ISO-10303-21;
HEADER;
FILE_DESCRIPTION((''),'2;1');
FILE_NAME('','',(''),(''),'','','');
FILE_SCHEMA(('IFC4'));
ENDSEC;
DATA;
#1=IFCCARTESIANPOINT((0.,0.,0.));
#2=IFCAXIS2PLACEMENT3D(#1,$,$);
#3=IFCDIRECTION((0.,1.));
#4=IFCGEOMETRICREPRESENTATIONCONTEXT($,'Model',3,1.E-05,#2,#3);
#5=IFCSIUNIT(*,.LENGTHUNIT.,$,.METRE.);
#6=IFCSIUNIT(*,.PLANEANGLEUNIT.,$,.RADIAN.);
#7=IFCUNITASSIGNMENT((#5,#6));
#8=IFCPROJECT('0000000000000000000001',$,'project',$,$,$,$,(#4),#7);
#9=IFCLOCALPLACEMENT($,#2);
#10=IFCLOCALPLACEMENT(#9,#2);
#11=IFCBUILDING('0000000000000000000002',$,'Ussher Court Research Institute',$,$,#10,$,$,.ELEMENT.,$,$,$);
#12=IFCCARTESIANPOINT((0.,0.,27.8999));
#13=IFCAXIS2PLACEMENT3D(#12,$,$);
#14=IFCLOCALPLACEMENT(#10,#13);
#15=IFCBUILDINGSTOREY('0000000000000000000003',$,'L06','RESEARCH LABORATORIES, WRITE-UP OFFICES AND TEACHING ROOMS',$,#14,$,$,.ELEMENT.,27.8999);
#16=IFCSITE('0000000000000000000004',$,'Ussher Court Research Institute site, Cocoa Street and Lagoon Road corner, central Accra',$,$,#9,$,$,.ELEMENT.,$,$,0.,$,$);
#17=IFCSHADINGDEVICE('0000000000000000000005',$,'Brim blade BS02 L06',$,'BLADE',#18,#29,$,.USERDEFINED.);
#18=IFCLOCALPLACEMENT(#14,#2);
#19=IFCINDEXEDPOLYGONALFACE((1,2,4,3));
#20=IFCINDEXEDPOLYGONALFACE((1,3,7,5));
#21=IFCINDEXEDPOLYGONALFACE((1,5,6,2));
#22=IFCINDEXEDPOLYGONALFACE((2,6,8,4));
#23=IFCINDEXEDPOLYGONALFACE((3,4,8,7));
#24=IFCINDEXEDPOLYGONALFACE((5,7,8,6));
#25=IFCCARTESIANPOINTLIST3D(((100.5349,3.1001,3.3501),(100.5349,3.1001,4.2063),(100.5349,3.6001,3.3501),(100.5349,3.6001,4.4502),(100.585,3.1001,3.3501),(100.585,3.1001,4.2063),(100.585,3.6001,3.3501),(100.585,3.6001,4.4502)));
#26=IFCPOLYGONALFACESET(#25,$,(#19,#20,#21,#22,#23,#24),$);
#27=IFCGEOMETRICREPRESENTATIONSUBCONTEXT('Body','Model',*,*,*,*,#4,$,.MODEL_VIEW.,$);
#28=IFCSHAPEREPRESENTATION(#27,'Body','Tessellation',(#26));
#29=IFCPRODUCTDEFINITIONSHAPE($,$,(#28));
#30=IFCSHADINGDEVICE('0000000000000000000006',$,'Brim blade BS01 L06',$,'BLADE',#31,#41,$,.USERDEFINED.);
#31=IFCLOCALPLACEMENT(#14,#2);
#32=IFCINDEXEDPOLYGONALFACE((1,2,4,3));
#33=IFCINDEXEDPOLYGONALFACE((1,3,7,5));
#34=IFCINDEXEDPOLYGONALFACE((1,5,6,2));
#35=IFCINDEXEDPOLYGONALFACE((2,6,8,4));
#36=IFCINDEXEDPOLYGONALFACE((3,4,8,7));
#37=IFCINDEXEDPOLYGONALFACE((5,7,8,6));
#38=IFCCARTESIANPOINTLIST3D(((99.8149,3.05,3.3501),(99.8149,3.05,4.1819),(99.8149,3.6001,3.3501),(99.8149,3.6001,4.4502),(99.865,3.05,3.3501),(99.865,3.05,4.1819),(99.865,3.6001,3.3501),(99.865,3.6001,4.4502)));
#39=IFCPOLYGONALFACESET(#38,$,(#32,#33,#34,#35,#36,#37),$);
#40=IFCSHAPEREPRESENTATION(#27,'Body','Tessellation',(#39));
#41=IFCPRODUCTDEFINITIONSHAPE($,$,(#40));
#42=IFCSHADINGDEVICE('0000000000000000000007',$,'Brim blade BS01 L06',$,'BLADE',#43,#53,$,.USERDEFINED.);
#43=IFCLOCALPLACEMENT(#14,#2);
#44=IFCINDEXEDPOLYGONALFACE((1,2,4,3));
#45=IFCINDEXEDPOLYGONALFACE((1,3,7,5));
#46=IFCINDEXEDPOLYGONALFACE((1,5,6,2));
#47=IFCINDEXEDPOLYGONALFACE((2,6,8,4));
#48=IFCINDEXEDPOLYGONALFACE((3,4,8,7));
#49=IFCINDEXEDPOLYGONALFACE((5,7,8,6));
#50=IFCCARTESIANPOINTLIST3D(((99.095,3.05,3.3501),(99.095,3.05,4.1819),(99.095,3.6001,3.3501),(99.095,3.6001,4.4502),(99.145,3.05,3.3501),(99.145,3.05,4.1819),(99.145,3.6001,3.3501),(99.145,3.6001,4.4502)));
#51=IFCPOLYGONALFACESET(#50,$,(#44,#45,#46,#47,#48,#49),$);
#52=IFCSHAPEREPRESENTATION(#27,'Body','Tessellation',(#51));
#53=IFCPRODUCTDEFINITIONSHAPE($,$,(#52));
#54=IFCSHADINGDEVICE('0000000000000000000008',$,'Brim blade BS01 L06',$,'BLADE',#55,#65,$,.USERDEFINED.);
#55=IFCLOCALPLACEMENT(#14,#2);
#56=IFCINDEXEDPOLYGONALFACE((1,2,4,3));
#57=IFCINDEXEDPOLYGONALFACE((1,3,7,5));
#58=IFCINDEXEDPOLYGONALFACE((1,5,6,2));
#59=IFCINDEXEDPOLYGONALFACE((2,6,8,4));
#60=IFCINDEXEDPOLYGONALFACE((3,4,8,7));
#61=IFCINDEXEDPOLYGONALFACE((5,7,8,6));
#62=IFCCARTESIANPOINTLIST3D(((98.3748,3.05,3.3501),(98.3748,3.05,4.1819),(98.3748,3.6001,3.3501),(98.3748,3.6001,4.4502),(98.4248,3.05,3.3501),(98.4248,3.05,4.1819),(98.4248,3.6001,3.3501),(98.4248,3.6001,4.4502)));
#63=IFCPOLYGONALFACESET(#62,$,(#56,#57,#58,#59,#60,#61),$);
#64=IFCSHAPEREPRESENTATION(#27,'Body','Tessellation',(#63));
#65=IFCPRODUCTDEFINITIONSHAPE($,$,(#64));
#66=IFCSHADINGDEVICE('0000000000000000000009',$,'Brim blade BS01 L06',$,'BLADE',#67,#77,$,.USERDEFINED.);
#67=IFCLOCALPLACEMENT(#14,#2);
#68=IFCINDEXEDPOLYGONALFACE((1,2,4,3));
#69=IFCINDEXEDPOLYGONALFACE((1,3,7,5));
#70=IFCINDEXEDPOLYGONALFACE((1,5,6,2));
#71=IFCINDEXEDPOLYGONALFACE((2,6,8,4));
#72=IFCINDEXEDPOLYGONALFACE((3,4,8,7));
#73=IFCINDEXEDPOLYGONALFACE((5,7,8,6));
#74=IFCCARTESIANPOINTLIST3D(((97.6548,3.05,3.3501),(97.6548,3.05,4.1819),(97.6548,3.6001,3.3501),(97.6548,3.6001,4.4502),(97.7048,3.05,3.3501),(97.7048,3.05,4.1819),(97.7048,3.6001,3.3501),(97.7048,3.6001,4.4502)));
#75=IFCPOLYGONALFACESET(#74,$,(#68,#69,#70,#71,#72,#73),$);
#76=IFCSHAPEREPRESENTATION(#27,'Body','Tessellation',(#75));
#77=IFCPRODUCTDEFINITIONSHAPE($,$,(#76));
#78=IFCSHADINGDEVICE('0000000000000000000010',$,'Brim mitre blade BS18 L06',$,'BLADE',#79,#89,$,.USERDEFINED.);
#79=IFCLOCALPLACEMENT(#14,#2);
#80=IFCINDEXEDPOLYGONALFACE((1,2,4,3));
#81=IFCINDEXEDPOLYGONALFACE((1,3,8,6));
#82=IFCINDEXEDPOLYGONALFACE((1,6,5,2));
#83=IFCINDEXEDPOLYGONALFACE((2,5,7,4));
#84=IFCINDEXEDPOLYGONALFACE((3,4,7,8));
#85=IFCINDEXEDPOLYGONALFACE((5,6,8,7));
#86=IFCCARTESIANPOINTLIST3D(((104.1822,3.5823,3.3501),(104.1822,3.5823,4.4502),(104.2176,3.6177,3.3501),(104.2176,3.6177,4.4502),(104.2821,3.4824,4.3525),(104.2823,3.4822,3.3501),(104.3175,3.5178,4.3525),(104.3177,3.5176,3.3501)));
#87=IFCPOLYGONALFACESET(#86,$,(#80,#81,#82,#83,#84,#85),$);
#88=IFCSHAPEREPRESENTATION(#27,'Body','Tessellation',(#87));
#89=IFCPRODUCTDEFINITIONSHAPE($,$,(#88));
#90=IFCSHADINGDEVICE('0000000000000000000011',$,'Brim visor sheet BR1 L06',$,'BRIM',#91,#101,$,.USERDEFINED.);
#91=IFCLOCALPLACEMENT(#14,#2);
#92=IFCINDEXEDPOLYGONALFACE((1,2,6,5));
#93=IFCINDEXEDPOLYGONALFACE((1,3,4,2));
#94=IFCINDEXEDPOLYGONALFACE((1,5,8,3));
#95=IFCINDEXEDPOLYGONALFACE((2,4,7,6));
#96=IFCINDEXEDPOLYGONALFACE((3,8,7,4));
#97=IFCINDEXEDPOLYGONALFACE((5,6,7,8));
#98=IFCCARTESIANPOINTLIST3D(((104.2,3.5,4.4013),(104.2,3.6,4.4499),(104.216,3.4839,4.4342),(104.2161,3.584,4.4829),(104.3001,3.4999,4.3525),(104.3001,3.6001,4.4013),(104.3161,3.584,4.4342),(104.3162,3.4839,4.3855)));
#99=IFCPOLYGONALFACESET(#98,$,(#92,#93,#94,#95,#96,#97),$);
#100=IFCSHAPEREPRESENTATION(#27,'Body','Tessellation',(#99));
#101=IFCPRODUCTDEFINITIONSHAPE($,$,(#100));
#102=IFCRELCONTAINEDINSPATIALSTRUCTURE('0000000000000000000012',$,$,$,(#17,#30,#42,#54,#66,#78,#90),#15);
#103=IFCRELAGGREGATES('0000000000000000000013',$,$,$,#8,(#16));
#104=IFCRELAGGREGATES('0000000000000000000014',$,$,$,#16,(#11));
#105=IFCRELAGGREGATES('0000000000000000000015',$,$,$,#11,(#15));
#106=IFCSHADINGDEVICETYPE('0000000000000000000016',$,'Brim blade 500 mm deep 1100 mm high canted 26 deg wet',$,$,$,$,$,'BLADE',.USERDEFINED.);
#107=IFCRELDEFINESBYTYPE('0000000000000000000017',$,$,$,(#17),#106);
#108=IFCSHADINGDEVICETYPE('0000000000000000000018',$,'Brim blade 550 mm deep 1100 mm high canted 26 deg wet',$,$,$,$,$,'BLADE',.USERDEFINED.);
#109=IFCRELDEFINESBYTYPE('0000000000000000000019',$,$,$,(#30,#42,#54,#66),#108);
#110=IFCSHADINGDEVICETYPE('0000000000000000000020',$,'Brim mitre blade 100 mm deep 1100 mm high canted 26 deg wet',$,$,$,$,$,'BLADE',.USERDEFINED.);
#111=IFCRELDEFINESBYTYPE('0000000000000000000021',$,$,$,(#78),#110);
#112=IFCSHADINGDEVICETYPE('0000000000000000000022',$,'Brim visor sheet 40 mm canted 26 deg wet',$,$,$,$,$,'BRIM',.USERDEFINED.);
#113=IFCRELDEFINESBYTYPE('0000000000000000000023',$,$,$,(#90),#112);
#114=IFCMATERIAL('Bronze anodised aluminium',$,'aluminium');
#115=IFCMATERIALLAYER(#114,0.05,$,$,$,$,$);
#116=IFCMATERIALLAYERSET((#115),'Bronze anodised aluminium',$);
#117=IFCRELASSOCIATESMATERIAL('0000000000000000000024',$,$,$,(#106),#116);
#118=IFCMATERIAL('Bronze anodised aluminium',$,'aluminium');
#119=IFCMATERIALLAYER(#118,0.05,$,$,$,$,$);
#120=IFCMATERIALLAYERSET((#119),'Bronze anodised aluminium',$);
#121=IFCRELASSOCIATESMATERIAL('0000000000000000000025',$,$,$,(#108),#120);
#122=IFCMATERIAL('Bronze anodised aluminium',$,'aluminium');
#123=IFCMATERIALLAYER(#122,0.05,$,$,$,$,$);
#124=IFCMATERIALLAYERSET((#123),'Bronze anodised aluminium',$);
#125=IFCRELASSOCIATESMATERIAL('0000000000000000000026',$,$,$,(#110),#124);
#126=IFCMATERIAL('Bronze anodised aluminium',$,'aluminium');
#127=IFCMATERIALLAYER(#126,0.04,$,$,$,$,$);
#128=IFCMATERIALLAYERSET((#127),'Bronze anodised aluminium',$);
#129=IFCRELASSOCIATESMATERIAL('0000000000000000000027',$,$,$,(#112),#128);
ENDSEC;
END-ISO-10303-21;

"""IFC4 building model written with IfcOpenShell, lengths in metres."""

from ifc_helpers import new_model, si_unit, direction, frame, origin, place, context, subcontext, project, spatial, polyline, outline, extrude, material, layer, layer_set, type_object, element, save


model = new_model("IFC4")

# Units and contexts
model_context = context("Model", 3, precision=1e-05, world=origin(), true_north=direction((0.0, 1.0)))
body_context = subcontext(model_context, "Body", "Model", "MODEL_VIEW")
ifc_project = project(units=[si_unit("LENGTHUNIT", "METRE"), si_unit("PLANEANGLEUNIT", "RADIAN")], contexts=[model_context])

# Site, building, storey
site_placement = place(None, origin())
site = spatial("IfcSite", under=ifc_project, at=site_placement, Name="Ussher Court Research Institute site, Cocoa Street and Lagoon Road corner, central Accra", CompositionType="ELEMENT", RefElevation=0.0)
building_placement = place(site_placement, origin())
building = spatial("IfcBuilding", under=site, at=building_placement, Name="Ussher Court Research Institute", CompositionType="ELEMENT")
storey_placement = place(building_placement, frame((0.0, 0.0, 27.8999)))
storey = spatial("IfcBuildingStorey", under=building, at=storey_placement, Name="L06", Description="RESEARCH LABORATORIES, WRITE-UP OFFICES AND TEACHING ROOMS", CompositionType="ELEMENT", Elevation=27.8999)

# Shading devices
ifc_material_1 = material(Name="Bronze anodised aluminium", Category="aluminium")
ifc_layer_1 = layer(ifc_material_1, 0.05)
ifc_layer_set_1 = layer_set([ifc_layer_1], Name="Bronze anodised aluminium")
shading_device_type_1 = type_object("IfcShadingDeviceType", Name="Brim blade 500 mm deep 1100 mm high canted 26 deg wet", ElementType="BLADE", PredefinedType="USERDEFINED", material=ifc_layer_set_1)
shading_device_1_placement = place(storey_placement, frame((100.5601, 3.6001, 3.3501), z_axis=(0.0, 0.0, 1.0), x_axis=(0.0, -1.0, 0.0)))
element("IfcShadingDevice", 1, at=shading_device_1_placement, inside=storey, type_object=shading_device_type_1, Name="Brim blade BS02 L06", ObjectType="BLADE", PredefinedType="USERDEFINED", context=body_context, shape_type="SweptSolid", body=[
    extrude(outline(polyline([(0.0, 0.0), (0.5, 0.0), (0.5, 0.8562), (0.0, 1.1001), (0.0, 0.0)])), frame((0.0, 0.0249, 0.0), z_axis=(0.0, -1.0, 0.0), x_axis=(1.0, 0.0, 0.0)), (0.0, 0.0, 1.0), 0.05),
])
ifc_material_2 = material(Name="Bronze anodised aluminium", Category="aluminium")
ifc_layer_2 = layer(ifc_material_2, 0.05)
ifc_layer_set_2 = layer_set([ifc_layer_2], Name="Bronze anodised aluminium")
shading_device_type_2 = type_object("IfcShadingDeviceType", Name="Brim blade 550 mm deep 1100 mm high canted 26 deg wet", ElementType="BLADE", PredefinedType="USERDEFINED", material=ifc_layer_set_2)
for number, where, z_axis, x_axis, name in (
    (2, (99.8401, 3.6001, 3.3501), (0.0, 0.0, 1.0), (0.0, -1.0, 0.0), "Brim blade BS01 L06"),
    (3, (99.1201, 3.6001, 3.3501), (0.0, 0.0, 1.0), (0.0, -1.0, 0.0), "Brim blade BS01 L06"),
    (4, (98.3999, 3.6001, 3.3501), (0.0, 0.0, 1.0), (0.0, -1.0, 0.0), "Brim blade BS01 L06"),
    (5, (97.6799, 3.6001, 3.3501), (0.0, 0.0, 1.0), (0.0, -1.0, 0.0), "Brim blade BS01 L06"),
):
    element("IfcShadingDevice", number, at=place(storey_placement, frame(where, z_axis=z_axis, x_axis=x_axis)), inside=storey, type_object=shading_device_type_2, Name=name, ObjectType="BLADE", PredefinedType="USERDEFINED", context=body_context, shape_type="SweptSolid", body=[
        extrude(outline(polyline([(0.0, 0.0), (0.55, 0.0), (0.55, 0.8318), (0.0, 1.1001), (0.0, 0.0)])), frame((0.0, 0.0249, 0.0), z_axis=(0.0, -1.0, 0.0), x_axis=(1.0, 0.0, 0.0)), (0.0, 0.0, 1.0), 0.05),
    ])
ifc_material_3 = material(Name="Bronze anodised aluminium", Category="aluminium")
ifc_layer_3 = layer(ifc_material_3, 0.05)
ifc_layer_set_3 = layer_set([ifc_layer_3], Name="Bronze anodised aluminium")
shading_device_type_3 = type_object("IfcShadingDeviceType", Name="Brim mitre blade 100 mm deep 1100 mm high canted 26 deg wet", ElementType="BLADE", PredefinedType="USERDEFINED", material=ifc_layer_set_3)
shading_device_2_placement = place(storey_placement, frame((104.2, 3.6001, 3.3501), z_axis=(0.0, 0.0, 1.0), x_axis=(0.707107, -0.707107, 0.0)))
element("IfcShadingDevice", 6, at=shading_device_2_placement, inside=storey, type_object=shading_device_type_3, Name="Brim mitre blade BS18 L06", ObjectType="BLADE", PredefinedType="USERDEFINED", context=body_context, shape_type="SweptSolid", body=[
    extrude(outline(polyline([(0.0, 0.0), (0.1416, 0.0), (0.1414, 1.0024), (0.0, 1.1001), (0.0, 0.0)])), frame((0.0, 0.0249, 0.0), z_axis=(0.0, -1.0, 0.0), x_axis=(1.0, 0.0, 0.0)), (0.0, 0.0, 1.0), 0.05),
])
ifc_material_4 = material(Name="Bronze anodised aluminium", Category="aluminium")
ifc_layer_4 = layer(ifc_material_4, 0.04)
ifc_layer_set_4 = layer_set([ifc_layer_4], Name="Bronze anodised aluminium")
shading_device_type_4 = type_object("IfcShadingDeviceType", Name="Brim visor sheet 40 mm canted 26 deg wet", ElementType="BRIM", PredefinedType="USERDEFINED", material=ifc_layer_set_4)
shading_device_3_placement = place(storey_placement, frame((104.2161, 3.584, 4.4829), z_axis=(0.400848, -0.400848, 0.823797), x_axis=(-0.000362, -0.899269, -0.437395)))
element("IfcShadingDevice", 7, at=shading_device_3_placement, inside=storey, type_object=shading_device_type_4, Name="Brim visor sheet BR1 L06", ObjectType="BRIM", PredefinedType="USERDEFINED", context=body_context, shape_type="SweptSolid", body=[
    extrude(outline(polyline([(0.0, 0.0), (0.1113, 0.0), (0.1326, 0.1093), (0.0212, 0.1092), (0.0, 0.0)])), origin(), (0.0, 0.0, -1.0), 0.04),
])

save(model, "model.ifc")
